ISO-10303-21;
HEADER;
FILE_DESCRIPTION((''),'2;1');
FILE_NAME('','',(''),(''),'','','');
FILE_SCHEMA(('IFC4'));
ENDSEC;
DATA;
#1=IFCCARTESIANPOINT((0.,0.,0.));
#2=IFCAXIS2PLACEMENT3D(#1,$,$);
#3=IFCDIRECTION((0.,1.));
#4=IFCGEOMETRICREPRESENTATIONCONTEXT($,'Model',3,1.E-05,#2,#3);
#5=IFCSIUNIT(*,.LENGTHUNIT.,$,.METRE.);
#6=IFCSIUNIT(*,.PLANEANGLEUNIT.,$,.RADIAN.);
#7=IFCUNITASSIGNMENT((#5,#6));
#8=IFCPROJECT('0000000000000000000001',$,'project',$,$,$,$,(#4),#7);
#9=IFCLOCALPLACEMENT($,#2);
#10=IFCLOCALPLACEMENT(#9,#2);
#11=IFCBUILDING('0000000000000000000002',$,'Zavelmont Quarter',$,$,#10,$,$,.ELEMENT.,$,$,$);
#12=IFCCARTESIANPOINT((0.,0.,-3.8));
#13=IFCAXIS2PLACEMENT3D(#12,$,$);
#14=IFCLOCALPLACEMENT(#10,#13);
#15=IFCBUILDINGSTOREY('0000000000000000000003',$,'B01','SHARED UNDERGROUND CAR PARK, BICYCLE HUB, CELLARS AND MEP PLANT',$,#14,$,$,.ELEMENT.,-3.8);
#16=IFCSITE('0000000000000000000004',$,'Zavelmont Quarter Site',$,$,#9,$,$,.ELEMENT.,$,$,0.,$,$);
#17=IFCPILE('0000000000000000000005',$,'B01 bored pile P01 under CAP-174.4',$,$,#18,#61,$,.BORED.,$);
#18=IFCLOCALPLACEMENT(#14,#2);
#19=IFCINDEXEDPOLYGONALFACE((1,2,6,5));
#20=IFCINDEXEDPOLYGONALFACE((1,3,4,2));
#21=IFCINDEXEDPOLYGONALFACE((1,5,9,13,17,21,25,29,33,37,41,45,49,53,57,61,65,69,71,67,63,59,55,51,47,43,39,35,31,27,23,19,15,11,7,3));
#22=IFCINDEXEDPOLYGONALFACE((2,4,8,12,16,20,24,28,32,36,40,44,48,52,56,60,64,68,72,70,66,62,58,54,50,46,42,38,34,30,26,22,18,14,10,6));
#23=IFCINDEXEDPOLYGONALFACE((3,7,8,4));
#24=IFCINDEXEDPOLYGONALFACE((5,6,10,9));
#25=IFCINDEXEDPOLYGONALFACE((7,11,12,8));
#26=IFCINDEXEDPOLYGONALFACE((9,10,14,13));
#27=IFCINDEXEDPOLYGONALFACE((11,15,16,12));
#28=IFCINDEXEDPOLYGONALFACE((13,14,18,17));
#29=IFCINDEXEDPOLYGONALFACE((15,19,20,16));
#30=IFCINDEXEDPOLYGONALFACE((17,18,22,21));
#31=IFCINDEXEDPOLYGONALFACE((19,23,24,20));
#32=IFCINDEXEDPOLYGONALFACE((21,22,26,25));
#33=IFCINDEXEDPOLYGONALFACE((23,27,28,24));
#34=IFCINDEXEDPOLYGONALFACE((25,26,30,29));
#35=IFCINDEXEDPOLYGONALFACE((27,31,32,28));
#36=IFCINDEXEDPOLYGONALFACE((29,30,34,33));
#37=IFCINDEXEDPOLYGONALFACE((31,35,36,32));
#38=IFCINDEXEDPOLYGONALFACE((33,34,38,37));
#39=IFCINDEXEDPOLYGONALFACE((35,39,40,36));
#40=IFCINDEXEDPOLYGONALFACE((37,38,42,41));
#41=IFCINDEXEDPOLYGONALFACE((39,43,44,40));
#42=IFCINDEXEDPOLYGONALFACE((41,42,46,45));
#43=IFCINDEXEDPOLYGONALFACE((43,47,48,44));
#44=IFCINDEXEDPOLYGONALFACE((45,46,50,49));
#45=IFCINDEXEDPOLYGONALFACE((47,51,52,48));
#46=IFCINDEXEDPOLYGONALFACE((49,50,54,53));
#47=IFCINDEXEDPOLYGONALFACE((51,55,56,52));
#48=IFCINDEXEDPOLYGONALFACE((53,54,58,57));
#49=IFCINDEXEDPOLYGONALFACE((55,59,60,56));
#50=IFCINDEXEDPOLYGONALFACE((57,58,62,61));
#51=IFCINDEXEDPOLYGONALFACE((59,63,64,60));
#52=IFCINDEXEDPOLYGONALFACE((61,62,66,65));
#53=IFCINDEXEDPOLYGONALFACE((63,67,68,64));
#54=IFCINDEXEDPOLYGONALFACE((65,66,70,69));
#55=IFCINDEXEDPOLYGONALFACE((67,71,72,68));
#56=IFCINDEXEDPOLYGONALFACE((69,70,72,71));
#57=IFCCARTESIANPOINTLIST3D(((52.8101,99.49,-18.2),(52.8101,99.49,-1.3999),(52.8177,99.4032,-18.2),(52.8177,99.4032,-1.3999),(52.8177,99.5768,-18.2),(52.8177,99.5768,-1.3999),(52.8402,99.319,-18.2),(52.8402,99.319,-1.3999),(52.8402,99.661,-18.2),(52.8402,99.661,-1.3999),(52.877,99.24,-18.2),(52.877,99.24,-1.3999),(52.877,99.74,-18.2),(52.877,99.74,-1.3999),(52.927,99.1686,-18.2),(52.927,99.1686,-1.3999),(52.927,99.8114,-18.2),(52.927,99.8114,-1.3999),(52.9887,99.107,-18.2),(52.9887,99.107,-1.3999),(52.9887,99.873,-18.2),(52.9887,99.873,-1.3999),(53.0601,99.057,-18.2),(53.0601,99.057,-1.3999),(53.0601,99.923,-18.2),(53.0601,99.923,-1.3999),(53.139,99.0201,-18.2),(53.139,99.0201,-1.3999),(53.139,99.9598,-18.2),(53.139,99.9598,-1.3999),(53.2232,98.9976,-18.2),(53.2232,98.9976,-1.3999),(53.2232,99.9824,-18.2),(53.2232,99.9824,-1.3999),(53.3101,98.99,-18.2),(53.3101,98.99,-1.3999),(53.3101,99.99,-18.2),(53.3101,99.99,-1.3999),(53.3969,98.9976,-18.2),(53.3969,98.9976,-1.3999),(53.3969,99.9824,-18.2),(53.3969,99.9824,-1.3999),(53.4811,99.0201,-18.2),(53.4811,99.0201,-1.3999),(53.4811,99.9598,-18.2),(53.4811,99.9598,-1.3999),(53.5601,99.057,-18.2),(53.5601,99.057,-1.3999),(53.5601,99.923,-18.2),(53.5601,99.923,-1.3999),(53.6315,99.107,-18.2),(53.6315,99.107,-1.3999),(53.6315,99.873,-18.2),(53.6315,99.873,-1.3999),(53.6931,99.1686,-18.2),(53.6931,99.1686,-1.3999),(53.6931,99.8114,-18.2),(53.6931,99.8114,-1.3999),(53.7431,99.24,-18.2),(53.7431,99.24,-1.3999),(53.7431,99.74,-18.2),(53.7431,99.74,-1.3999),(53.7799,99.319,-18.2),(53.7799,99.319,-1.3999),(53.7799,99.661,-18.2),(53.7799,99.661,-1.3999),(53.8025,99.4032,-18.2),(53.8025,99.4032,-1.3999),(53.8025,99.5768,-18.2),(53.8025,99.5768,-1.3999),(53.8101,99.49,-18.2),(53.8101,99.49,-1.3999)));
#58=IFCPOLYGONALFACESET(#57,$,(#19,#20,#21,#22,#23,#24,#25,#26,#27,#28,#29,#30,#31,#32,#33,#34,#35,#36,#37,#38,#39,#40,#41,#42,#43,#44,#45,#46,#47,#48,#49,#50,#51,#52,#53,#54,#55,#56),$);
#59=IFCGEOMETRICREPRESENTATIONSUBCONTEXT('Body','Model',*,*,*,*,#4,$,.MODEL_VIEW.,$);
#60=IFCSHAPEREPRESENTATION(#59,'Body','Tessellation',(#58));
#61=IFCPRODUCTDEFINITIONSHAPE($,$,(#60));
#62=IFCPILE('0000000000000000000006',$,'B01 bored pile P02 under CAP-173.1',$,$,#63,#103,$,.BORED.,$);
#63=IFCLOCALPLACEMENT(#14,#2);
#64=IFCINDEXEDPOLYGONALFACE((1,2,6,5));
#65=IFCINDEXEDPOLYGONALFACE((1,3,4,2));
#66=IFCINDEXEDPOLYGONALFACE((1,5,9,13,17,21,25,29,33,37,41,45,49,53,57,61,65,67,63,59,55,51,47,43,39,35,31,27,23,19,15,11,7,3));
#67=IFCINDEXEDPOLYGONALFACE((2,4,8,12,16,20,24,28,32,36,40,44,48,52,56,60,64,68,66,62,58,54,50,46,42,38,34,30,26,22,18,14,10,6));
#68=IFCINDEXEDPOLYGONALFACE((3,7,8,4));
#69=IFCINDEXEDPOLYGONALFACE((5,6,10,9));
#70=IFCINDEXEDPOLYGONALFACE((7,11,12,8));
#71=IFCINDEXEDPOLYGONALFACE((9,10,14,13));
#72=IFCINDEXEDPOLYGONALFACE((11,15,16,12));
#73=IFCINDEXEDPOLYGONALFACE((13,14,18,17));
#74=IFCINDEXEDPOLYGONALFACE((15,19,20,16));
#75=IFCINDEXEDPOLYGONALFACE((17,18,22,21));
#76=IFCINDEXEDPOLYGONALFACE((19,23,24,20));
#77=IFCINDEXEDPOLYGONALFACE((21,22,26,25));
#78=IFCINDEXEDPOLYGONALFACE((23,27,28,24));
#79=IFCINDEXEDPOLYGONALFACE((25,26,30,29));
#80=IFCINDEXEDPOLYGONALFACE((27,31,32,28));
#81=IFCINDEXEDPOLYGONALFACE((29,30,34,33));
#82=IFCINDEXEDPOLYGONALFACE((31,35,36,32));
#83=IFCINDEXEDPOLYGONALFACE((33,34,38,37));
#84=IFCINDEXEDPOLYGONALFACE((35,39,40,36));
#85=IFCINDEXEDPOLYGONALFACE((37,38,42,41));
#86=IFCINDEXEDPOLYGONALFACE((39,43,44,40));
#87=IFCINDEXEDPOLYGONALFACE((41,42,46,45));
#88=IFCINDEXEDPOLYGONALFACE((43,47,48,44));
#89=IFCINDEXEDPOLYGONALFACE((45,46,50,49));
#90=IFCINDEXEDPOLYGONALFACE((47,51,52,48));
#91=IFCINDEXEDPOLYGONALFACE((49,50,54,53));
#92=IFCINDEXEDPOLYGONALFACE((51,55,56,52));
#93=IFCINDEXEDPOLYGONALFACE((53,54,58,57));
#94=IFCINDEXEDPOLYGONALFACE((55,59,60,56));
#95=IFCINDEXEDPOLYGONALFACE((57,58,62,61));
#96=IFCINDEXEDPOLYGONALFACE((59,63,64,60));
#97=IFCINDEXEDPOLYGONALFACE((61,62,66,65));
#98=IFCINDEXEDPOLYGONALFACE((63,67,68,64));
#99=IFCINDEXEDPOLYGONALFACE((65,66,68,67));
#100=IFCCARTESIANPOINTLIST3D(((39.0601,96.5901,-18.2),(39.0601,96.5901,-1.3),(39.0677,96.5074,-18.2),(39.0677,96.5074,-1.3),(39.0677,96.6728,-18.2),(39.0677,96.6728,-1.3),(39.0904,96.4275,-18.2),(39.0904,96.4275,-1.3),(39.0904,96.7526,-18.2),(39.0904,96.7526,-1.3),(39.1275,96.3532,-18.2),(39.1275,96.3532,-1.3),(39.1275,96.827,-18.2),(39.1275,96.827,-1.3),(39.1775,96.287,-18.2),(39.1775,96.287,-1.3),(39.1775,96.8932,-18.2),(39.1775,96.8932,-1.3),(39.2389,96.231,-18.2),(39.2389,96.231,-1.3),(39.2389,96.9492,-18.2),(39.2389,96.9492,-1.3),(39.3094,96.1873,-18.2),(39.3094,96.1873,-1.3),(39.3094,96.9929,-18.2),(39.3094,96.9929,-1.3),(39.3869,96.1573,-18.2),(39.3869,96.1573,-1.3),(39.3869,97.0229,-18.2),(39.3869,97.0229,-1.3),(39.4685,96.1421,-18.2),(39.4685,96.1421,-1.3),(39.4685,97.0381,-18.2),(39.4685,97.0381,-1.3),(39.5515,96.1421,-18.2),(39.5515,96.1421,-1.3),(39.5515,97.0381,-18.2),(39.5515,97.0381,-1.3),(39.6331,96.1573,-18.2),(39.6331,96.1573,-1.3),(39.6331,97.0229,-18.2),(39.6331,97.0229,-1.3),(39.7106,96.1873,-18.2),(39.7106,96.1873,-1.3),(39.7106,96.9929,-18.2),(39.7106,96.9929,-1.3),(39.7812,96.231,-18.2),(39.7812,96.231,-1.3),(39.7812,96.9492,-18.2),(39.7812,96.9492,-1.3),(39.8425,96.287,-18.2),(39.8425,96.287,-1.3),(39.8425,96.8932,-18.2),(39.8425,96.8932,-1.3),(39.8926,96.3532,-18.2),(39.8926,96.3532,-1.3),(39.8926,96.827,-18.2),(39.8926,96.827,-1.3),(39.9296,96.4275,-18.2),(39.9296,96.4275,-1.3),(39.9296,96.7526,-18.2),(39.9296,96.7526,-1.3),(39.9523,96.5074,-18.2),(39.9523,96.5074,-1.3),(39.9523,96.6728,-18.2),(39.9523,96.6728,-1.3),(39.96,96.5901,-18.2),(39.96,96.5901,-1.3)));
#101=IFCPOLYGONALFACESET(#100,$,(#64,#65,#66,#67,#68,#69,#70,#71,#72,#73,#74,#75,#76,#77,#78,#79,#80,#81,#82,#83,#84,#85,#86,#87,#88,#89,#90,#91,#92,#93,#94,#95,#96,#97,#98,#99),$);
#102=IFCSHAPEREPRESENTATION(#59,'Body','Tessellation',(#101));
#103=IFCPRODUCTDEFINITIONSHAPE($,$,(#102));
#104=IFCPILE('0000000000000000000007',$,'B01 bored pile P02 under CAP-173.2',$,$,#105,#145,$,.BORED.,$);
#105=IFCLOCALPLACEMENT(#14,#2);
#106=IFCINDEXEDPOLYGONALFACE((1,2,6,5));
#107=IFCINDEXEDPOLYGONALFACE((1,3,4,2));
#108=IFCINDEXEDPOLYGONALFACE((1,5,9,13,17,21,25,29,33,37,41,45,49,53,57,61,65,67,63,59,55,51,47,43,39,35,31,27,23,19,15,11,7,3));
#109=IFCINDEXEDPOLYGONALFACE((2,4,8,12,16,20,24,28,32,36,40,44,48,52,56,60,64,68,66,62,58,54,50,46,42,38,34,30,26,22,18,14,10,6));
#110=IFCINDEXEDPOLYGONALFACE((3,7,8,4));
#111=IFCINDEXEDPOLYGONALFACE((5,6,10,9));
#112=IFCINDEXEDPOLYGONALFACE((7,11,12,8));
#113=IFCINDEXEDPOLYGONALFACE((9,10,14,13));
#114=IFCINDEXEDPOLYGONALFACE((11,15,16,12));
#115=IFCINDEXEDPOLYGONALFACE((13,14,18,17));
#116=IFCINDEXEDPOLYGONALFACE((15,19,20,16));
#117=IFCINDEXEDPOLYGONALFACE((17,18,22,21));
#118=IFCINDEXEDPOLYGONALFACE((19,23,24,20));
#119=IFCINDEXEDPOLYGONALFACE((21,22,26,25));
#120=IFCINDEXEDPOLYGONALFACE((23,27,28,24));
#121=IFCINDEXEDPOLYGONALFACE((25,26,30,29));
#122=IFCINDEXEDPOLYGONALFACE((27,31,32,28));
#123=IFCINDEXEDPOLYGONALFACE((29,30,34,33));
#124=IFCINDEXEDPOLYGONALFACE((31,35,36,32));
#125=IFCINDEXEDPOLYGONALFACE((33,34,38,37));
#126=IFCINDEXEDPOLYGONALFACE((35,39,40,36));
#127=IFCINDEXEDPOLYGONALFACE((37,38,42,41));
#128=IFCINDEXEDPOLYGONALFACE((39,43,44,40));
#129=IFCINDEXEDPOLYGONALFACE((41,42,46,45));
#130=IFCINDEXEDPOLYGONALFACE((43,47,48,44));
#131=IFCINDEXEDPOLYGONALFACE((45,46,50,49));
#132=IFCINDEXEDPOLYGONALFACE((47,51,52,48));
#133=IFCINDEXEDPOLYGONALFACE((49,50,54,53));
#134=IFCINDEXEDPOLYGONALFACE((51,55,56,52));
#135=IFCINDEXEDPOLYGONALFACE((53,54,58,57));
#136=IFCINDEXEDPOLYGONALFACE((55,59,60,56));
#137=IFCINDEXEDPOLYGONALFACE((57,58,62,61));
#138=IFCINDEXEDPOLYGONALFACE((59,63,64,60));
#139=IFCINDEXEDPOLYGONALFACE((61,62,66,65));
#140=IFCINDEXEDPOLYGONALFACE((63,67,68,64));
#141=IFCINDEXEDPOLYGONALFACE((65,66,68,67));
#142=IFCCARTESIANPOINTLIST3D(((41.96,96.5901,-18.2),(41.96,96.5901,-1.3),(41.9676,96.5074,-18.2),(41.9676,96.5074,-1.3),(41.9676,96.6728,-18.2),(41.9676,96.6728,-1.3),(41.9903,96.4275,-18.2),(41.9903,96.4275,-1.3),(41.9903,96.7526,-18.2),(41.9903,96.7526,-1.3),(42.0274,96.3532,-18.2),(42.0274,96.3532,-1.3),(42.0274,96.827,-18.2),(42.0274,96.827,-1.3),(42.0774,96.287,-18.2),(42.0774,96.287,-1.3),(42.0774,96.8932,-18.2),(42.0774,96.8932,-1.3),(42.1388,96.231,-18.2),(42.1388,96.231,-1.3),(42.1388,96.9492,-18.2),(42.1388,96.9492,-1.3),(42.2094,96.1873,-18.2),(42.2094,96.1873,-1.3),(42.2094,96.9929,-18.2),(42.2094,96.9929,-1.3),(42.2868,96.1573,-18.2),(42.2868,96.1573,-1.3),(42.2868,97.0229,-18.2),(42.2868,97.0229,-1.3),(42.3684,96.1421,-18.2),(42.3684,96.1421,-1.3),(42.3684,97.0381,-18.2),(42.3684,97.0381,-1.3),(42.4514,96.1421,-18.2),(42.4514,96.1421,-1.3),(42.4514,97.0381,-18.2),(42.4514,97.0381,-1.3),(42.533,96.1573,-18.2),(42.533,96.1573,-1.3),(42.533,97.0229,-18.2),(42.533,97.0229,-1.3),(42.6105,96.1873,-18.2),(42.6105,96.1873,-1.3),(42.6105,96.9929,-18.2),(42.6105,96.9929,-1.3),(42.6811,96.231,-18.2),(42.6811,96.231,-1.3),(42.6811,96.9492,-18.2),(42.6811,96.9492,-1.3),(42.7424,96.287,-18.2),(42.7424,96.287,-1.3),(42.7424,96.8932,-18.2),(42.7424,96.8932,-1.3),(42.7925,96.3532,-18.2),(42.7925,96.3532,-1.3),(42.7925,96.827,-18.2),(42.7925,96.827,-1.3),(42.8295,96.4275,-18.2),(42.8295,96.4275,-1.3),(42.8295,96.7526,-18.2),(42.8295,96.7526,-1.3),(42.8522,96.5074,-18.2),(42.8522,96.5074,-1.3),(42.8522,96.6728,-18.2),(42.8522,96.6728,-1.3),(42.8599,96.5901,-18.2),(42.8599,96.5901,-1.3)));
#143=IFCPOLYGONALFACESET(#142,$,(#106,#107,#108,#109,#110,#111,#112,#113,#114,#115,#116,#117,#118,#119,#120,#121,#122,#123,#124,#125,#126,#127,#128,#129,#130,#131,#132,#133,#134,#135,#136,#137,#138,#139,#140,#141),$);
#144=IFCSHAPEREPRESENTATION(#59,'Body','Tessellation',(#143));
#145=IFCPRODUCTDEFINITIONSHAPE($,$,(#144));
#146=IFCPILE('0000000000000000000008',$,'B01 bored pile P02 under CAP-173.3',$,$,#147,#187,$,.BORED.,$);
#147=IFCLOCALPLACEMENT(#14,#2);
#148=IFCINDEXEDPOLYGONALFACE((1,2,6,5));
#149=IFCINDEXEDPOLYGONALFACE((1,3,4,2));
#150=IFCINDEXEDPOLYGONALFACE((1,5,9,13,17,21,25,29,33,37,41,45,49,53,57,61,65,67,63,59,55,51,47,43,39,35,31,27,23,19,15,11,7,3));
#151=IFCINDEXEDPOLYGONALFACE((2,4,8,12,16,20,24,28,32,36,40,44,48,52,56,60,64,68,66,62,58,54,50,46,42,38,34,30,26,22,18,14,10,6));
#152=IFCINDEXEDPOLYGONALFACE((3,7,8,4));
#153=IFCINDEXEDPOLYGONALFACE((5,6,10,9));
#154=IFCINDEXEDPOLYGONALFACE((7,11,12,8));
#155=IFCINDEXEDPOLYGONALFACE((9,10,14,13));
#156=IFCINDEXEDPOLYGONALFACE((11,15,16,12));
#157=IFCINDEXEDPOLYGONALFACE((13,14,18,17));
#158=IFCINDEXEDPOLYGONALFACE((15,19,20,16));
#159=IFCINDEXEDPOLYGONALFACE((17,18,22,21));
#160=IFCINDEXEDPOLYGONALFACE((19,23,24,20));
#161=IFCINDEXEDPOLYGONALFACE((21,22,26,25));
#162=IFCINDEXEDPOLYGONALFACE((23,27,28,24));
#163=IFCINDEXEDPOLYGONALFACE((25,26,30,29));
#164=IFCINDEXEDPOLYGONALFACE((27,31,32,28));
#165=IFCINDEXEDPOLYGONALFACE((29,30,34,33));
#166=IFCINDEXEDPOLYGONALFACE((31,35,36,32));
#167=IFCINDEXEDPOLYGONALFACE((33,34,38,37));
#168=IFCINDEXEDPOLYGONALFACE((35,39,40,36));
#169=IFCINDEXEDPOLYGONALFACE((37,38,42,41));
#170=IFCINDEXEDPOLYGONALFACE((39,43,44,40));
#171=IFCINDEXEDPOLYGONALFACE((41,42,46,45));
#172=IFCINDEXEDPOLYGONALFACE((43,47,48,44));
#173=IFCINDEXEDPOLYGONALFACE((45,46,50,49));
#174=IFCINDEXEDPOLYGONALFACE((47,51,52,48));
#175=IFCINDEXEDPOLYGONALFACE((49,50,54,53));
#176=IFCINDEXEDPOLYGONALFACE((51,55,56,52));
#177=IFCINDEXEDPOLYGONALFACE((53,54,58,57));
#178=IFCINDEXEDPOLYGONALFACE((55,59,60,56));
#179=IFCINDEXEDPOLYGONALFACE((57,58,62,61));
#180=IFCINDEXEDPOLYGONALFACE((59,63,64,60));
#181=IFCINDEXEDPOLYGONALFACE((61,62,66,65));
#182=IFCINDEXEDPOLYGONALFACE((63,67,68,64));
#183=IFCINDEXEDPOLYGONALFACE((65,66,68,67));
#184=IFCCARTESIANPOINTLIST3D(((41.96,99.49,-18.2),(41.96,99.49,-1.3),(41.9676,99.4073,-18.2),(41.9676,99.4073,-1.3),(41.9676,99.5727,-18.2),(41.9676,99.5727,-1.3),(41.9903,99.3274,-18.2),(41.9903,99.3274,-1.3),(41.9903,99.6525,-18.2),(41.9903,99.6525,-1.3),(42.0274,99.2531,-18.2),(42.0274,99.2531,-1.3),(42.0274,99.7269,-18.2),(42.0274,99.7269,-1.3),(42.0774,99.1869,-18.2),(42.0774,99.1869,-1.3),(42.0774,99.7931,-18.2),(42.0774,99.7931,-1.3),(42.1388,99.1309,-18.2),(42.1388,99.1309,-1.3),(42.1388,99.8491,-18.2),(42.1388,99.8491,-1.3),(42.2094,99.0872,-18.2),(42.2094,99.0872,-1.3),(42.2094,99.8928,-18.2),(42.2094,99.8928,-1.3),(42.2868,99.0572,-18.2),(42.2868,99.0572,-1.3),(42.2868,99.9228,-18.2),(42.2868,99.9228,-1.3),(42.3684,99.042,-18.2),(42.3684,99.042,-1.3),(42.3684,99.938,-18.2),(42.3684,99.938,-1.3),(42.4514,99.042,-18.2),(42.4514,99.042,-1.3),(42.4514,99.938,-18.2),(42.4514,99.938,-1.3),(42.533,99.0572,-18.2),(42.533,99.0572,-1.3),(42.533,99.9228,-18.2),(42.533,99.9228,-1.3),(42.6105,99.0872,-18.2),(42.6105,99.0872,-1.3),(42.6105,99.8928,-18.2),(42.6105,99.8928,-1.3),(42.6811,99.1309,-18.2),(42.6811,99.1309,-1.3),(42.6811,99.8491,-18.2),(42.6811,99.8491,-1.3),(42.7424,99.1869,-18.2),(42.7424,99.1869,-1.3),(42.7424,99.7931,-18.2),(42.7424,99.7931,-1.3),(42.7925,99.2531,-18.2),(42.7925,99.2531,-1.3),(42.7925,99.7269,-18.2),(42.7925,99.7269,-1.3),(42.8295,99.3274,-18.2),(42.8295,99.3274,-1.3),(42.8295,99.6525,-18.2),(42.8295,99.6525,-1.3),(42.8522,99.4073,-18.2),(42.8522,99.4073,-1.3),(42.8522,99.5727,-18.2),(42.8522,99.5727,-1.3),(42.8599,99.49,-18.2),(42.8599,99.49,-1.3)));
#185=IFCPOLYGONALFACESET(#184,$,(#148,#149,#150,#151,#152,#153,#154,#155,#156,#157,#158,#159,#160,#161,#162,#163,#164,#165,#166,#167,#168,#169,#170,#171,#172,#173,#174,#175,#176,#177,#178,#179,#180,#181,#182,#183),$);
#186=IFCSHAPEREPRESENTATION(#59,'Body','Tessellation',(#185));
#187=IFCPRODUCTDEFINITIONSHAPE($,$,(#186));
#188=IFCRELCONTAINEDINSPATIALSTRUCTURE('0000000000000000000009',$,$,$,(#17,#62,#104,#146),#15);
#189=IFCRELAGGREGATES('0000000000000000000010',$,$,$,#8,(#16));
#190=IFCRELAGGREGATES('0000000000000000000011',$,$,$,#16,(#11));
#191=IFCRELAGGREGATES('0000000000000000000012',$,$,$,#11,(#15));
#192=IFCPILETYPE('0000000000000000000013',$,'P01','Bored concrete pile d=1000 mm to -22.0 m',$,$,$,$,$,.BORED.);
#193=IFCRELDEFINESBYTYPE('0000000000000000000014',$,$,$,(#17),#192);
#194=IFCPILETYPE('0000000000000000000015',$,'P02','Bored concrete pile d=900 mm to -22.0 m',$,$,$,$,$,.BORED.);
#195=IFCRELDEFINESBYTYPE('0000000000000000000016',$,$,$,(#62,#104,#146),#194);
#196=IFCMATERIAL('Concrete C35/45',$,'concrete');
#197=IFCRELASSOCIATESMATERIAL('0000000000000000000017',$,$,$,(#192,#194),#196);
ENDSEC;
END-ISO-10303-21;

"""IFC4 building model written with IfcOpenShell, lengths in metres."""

from ifc_helpers import new_model, si_unit, direction, frame, origin, origin_2d, place, context, subcontext, project, spatial, circle, extrude, material, material_profile, profile_set, type_object, element, save


model = new_model("IFC4")

# Units and contexts
model_context = context("Model", 3, precision=1e-05, world=origin(), true_north=direction((0.0, 1.0)))
body_context = subcontext(model_context, "Body", "Model", "MODEL_VIEW")
ifc_project = project(units=[si_unit("LENGTHUNIT", "METRE"), si_unit("PLANEANGLEUNIT", "RADIAN")], contexts=[model_context])

# Site, building, storey
site_placement = place(None, origin())
site = spatial("IfcSite", under=ifc_project, at=site_placement, Name="Zavelmont Quarter Site", CompositionType="ELEMENT", RefElevation=0.0)
building_placement = place(site_placement, origin())
building = spatial("IfcBuilding", under=site, at=building_placement, Name="Zavelmont Quarter", CompositionType="ELEMENT")
storey_placement = place(building_placement, frame((0.0, 0.0, -3.8)))
storey = spatial("IfcBuildingStorey", under=building, at=storey_placement, Name="B01", Description="SHARED UNDERGROUND CAR PARK, BICYCLE HUB, CELLARS AND MEP PLANT", CompositionType="ELEMENT", Elevation=-3.8)

# Shared definitions
ifc_material_1 = material(Name="Concrete C35/45", Category="concrete")

# Piles
ifc_material_profile_1 = material_profile(ifc_material_1, circle(Radius=0.5, at=origin_2d()), Name="BP1000")
ifc_profile_set_1 = profile_set([ifc_material_profile_1], Name="Concrete C35/45")
pile_type_1 = type_object("IfcPileType", Name="P01", Description="Bored concrete pile d=1000 mm to -22.0 m", PredefinedType="BORED", material=ifc_profile_set_1)
for number, where, z_axis, x_axis, name in (
    (1, (53.3101, 99.49, -1.3999), (0.0, 0.0, -1.0), (1.0, 0.0, 0.0), "B01 bored pile P01 under CAP-174.4"),
):
    element("IfcPile", number, at=place(storey_placement, frame(where, z_axis=z_axis, x_axis=x_axis)), inside=storey, type_object=pile_type_1, Name=name, PredefinedType="BORED", context=body_context, shape_type="SweptSolid", body=[
        extrude(circle(Radius=0.5, at=origin_2d()), origin(), (0.0, 0.0, 1.0), 16.8),
    ])
ifc_material_profile_2 = material_profile(ifc_material_1, circle(Radius=0.45, at=origin_2d()), Name="BP900")
ifc_profile_set_2 = profile_set([ifc_material_profile_2], Name="Concrete C35/45")
pile_type_2 = type_object("IfcPileType", Name="P02", Description="Bored concrete pile d=900 mm to -22.0 m", PredefinedType="BORED", material=ifc_profile_set_2)
for number, where, z_axis, x_axis, name in (
    (2, (39.51, 96.5901, -1.3), (0.0, 0.0, -1.0), (1.0, 0.0, 0.0), "B01 bored pile P02 under CAP-173.1"),
    (3, (42.4099, 96.5901, -1.3), (0.0, 0.0, -1.0), (1.0, 0.0, 0.0), "B01 bored pile P02 under CAP-173.2"),
    (4, (42.4099, 99.49, -1.3), (0.0, 0.0, -1.0), (1.0, 0.0, 0.0), "B01 bored pile P02 under CAP-173.3"),
):
    element("IfcPile", number, at=place(storey_placement, frame(where, z_axis=z_axis, x_axis=x_axis)), inside=storey, type_object=pile_type_2, Name=name, PredefinedType="BORED", context=body_context, shape_type="SweptSolid", body=[
        extrude(circle(Radius=0.45, at=origin_2d()), origin(), (0.0, 0.0, 1.0), 16.8999),
    ])

save(model, "model.ifc")
